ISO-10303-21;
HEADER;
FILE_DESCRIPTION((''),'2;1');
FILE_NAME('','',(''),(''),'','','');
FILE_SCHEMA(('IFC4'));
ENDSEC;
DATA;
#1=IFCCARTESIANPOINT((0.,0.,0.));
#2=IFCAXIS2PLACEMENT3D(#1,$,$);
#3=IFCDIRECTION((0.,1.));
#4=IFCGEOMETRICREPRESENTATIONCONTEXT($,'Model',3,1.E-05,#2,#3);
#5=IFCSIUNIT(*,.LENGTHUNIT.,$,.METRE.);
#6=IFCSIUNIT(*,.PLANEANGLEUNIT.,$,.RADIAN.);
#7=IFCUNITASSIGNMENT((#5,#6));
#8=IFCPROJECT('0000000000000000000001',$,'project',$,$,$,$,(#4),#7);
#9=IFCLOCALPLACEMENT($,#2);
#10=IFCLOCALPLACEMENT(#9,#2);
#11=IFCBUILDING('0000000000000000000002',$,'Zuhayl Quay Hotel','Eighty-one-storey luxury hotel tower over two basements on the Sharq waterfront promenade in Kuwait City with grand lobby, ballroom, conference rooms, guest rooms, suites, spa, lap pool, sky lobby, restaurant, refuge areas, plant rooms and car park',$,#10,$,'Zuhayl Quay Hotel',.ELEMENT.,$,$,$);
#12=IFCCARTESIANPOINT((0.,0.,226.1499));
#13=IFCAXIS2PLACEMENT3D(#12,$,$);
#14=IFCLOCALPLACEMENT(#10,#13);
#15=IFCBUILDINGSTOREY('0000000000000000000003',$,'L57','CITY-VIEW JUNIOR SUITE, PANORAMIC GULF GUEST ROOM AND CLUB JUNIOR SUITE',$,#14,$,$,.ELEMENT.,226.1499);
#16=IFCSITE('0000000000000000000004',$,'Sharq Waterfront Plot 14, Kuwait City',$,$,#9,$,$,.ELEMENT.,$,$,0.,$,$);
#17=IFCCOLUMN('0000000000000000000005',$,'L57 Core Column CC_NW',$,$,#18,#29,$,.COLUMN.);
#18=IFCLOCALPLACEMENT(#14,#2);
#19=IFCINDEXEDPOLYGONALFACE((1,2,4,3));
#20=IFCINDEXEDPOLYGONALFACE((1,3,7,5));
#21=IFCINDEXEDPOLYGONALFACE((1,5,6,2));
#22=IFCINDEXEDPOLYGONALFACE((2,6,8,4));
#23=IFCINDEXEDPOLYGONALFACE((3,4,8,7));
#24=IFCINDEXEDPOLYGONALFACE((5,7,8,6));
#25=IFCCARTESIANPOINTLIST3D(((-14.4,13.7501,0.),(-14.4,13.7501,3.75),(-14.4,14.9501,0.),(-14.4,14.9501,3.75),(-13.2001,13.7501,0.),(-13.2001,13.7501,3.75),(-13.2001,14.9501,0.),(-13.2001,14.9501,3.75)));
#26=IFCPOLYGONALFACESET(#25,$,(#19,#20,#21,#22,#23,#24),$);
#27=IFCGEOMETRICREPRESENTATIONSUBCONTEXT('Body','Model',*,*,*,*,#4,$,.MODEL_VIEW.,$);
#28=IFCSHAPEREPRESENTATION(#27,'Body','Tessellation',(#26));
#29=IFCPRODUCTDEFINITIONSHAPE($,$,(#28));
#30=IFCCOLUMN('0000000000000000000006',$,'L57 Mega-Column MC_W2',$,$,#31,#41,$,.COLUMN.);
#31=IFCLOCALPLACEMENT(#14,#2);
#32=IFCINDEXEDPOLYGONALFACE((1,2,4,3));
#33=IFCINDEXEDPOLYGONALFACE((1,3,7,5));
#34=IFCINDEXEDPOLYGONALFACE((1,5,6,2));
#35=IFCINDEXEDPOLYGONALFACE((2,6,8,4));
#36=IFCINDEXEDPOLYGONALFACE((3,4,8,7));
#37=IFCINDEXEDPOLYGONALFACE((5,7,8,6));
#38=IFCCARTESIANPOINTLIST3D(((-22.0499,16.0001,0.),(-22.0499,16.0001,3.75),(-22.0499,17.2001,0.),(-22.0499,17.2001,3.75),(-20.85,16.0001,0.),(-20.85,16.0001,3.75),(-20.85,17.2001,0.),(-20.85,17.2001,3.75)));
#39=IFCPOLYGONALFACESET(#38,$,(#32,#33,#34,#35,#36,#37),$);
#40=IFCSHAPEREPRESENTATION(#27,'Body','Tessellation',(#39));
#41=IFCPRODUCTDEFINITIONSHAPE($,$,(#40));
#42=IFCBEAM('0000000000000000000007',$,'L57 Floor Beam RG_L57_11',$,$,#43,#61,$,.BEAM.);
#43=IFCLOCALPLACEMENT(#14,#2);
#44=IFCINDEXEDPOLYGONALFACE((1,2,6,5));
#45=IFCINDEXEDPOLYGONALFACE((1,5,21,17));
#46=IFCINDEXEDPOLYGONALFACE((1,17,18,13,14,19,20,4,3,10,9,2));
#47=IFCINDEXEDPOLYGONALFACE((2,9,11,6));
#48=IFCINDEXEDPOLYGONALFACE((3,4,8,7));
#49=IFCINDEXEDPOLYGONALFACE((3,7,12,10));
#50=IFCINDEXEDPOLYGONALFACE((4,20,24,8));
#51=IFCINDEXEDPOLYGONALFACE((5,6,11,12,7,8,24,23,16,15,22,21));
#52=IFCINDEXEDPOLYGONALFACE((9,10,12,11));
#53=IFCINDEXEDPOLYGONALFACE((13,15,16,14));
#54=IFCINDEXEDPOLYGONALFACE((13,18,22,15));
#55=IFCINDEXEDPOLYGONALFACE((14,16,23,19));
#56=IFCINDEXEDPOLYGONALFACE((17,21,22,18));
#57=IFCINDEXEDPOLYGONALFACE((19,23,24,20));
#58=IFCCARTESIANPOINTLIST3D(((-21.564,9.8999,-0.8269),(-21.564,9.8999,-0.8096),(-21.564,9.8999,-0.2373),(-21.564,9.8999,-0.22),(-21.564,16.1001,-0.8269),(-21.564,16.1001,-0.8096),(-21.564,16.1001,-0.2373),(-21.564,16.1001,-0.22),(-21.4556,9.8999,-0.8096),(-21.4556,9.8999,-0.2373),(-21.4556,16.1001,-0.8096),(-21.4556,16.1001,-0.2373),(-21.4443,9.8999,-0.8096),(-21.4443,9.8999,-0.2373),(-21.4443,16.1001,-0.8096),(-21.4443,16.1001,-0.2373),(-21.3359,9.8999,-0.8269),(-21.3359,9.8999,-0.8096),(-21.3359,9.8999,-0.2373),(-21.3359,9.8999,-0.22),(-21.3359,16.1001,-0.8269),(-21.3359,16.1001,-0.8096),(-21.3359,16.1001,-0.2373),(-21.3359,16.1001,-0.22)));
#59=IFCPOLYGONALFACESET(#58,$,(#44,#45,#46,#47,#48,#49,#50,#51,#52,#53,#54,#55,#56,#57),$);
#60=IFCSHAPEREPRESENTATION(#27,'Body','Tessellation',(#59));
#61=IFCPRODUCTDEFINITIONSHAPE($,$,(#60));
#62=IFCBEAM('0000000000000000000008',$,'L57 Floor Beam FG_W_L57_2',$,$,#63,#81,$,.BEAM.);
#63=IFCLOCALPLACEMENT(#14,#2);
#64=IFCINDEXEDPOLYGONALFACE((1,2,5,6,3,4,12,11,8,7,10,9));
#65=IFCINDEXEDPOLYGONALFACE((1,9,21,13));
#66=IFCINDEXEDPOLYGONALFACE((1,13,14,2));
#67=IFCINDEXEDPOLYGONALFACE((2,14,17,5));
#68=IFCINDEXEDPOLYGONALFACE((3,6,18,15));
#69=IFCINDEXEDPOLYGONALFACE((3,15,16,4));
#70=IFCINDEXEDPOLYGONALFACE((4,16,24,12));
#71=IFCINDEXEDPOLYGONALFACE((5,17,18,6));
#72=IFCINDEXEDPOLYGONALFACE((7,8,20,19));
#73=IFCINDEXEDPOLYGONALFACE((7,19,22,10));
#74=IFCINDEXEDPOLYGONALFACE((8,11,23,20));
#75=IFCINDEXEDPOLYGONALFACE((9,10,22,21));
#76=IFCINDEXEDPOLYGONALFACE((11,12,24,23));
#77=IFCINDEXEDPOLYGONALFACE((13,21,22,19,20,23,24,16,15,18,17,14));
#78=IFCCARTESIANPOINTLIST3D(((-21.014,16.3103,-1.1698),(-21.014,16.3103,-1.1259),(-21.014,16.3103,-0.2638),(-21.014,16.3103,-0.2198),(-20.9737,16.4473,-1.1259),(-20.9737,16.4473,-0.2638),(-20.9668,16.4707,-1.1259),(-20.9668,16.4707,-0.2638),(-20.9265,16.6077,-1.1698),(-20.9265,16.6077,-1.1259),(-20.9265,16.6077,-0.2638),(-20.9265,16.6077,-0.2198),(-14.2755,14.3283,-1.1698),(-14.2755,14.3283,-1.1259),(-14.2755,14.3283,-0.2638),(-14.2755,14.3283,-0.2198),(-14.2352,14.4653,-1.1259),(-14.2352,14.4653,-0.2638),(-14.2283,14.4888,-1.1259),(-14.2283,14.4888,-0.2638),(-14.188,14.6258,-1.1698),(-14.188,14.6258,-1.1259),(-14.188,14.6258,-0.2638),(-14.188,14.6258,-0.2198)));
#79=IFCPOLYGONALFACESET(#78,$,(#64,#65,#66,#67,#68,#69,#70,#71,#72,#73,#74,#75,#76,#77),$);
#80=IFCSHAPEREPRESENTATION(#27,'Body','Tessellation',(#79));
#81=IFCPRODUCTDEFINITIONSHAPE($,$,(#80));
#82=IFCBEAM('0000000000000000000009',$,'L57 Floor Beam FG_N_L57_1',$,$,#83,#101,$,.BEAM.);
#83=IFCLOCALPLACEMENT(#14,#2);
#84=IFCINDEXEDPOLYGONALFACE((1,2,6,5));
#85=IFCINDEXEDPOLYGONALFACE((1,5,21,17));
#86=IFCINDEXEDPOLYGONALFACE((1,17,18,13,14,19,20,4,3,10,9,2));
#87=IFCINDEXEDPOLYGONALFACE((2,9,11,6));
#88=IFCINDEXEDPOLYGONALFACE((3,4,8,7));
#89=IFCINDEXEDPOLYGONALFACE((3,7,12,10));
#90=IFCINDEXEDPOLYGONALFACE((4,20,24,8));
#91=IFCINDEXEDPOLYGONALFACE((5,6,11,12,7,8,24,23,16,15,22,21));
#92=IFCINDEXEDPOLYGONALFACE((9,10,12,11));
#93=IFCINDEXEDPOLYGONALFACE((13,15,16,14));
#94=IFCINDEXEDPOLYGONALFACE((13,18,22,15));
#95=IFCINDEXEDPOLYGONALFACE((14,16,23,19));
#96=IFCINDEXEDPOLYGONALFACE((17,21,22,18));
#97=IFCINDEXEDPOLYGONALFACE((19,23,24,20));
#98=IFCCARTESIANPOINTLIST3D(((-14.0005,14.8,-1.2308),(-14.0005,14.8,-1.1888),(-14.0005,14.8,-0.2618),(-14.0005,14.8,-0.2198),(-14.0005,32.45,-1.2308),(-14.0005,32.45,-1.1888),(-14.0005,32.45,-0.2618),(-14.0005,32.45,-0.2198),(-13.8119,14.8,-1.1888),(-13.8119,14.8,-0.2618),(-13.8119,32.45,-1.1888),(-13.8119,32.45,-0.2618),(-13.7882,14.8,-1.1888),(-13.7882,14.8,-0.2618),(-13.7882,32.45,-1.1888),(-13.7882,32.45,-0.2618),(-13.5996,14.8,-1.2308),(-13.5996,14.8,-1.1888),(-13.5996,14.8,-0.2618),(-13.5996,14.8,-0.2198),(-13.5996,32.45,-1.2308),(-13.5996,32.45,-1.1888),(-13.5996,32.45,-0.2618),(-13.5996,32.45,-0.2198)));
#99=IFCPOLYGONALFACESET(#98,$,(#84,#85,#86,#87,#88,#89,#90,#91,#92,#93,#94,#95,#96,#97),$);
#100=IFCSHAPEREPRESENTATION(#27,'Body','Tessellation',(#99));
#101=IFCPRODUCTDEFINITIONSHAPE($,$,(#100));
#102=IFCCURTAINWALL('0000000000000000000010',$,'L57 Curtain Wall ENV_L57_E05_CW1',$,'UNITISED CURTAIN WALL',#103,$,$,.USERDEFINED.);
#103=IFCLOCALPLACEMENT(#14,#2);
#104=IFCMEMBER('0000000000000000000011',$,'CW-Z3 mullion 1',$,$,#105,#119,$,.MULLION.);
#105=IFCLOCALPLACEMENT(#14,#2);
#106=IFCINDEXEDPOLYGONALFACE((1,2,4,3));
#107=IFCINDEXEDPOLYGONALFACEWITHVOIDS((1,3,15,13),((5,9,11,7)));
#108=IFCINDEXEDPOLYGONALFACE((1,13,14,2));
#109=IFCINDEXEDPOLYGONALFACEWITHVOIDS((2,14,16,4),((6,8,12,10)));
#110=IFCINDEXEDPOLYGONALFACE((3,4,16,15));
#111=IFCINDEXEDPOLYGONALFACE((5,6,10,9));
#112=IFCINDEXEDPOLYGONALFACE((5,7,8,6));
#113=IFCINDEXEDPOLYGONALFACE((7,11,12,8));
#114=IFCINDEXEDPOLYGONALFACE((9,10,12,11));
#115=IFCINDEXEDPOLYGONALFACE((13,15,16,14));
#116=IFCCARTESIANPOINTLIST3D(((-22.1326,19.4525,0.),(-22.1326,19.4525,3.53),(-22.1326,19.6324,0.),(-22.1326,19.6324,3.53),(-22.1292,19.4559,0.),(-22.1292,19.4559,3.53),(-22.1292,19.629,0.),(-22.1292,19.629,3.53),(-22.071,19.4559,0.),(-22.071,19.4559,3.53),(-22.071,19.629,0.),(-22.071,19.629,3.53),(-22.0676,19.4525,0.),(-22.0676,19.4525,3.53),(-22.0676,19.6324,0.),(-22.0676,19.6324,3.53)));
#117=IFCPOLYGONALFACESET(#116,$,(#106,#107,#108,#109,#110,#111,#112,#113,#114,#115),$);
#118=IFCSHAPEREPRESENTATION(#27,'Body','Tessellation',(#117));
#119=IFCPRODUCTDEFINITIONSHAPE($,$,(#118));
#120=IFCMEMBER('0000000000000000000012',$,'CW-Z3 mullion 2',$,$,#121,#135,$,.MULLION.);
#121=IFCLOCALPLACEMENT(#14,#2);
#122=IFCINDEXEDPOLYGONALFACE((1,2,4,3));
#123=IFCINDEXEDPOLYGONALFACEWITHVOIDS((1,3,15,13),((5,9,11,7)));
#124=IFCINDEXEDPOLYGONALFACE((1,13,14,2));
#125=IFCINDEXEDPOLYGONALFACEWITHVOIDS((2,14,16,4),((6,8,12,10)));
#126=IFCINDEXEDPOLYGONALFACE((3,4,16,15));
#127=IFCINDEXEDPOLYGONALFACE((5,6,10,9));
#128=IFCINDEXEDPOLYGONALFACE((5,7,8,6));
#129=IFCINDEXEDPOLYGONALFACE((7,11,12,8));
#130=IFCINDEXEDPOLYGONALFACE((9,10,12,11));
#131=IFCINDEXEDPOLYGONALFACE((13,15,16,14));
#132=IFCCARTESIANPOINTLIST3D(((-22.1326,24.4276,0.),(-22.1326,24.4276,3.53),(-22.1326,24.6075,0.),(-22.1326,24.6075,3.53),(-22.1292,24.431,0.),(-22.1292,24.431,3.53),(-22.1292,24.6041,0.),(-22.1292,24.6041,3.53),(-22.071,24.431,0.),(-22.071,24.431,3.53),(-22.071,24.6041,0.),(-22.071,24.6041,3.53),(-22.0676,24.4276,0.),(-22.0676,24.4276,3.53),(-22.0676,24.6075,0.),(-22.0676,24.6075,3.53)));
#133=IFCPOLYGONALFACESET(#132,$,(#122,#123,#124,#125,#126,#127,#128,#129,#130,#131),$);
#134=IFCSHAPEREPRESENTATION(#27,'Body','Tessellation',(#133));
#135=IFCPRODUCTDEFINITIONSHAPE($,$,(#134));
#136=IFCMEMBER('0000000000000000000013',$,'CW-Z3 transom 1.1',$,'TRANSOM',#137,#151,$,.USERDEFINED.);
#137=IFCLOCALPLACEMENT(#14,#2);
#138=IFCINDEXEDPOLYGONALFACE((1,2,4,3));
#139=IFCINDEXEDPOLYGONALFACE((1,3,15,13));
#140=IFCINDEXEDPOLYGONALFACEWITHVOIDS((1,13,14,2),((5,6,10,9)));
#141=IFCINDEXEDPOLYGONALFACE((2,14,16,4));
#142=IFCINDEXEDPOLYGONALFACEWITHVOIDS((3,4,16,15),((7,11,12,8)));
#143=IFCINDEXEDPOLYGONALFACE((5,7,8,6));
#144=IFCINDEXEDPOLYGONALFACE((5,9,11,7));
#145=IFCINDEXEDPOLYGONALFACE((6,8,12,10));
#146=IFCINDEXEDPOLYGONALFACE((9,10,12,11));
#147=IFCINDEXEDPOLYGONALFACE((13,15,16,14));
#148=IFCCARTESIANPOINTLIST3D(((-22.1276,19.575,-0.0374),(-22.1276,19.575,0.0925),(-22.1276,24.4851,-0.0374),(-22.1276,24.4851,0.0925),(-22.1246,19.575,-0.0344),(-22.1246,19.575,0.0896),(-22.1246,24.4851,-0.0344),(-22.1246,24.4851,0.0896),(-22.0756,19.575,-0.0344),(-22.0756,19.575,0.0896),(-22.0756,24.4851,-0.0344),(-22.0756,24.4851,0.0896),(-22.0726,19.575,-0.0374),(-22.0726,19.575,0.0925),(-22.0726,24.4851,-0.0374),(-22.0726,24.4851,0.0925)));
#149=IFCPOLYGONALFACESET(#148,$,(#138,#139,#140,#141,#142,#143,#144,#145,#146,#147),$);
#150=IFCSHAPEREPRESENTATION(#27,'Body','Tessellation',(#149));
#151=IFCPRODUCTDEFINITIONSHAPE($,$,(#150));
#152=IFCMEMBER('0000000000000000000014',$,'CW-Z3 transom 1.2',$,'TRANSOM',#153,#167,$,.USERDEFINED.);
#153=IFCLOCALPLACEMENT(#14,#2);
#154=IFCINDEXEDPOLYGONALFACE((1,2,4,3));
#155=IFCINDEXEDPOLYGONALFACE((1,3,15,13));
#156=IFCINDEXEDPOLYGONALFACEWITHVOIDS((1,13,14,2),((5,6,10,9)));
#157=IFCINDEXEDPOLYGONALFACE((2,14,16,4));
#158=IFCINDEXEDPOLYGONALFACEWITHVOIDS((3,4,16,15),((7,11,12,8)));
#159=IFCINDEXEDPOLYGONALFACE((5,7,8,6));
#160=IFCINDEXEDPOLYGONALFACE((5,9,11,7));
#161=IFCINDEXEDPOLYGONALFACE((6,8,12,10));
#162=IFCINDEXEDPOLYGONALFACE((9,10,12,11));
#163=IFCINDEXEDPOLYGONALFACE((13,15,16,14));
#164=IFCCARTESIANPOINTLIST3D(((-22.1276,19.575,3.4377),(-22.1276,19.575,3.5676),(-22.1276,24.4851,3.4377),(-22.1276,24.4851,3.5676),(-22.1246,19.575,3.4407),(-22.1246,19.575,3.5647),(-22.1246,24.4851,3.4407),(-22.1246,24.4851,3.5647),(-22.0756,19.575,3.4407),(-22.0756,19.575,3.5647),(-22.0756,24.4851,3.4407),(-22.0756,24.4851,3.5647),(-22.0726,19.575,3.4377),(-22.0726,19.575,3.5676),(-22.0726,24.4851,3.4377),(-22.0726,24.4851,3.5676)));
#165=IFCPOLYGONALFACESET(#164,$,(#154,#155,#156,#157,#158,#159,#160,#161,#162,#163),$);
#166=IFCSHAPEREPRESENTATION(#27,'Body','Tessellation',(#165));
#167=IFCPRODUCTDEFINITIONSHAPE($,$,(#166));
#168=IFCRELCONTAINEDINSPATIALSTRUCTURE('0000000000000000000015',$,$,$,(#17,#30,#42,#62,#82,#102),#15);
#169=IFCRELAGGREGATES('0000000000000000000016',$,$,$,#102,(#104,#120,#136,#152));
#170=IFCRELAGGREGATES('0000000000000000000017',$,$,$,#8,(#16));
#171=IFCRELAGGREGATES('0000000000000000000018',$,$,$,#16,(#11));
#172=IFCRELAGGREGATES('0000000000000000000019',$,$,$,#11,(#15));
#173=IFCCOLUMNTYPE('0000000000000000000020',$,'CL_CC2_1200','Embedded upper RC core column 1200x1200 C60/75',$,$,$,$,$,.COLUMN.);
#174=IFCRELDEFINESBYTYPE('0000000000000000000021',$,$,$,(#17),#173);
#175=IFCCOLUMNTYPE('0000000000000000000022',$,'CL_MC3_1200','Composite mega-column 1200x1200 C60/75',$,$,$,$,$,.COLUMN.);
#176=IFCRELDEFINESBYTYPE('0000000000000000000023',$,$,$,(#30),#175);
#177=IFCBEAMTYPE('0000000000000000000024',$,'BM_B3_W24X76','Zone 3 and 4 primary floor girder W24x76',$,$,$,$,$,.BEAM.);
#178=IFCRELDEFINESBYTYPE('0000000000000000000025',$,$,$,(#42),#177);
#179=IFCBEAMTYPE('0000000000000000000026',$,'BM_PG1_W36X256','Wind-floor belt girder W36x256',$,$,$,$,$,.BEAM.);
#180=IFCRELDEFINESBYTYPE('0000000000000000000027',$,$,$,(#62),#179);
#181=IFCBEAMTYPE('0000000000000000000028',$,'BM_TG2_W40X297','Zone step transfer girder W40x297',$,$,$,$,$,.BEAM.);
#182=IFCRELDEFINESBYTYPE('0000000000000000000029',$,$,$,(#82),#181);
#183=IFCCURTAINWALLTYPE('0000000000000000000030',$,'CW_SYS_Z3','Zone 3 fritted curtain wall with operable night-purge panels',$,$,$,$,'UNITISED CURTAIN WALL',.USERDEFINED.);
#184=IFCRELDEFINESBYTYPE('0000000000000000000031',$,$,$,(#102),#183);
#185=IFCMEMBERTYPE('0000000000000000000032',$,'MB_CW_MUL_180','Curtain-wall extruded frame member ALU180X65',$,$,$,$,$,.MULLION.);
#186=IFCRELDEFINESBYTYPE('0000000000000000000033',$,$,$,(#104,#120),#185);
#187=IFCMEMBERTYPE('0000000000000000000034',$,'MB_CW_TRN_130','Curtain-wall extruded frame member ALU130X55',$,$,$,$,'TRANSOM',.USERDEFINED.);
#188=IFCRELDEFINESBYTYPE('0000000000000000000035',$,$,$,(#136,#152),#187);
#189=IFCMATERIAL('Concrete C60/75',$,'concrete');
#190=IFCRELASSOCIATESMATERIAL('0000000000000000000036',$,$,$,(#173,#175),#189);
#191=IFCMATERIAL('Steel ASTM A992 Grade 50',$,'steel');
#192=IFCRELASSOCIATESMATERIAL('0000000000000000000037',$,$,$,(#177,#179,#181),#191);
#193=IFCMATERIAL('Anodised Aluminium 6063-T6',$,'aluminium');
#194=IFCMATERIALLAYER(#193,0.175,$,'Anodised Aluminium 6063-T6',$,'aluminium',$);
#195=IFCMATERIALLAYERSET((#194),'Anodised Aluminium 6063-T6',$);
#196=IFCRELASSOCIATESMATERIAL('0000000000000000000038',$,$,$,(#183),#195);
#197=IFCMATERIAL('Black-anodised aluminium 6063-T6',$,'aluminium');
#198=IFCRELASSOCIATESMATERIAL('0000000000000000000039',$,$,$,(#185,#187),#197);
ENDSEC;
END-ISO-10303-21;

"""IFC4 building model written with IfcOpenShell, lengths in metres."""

from ifc_helpers import new_model, si_unit, direction, frame, origin, origin_2d, place, context, subcontext, project, spatial, rectangle, hollow_rectangle, i_section, extrude, material, layer, layer_set, material_profile, profile_set, type_object, element, aggregate, save


model = new_model("IFC4")

# Units and contexts
model_context = context("Model", 3, precision=1e-05, world=origin(), true_north=direction((0.0, 1.0)))
body_context = subcontext(model_context, "Body", "Model", "MODEL_VIEW")
ifc_project = project(units=[si_unit("LENGTHUNIT", "METRE"), si_unit("PLANEANGLEUNIT", "RADIAN")], contexts=[model_context])

# Site, building, storey
site_placement = place(None, origin())
site = spatial("IfcSite", under=ifc_project, at=site_placement, Name="Sharq Waterfront Plot 14, Kuwait City", CompositionType="ELEMENT", RefElevation=0.0)
building_placement = place(site_placement, origin())
building = spatial("IfcBuilding", under=site, at=building_placement, Name="Zuhayl Quay Hotel", Description="Eighty-one-storey luxury hotel tower over two basements on the Sharq waterfront promenade in Kuwait City with grand lobby, ballroom, conference rooms, guest rooms, suites, spa, lap pool, sky lobby, restaurant, refuge areas, plant rooms and car park", LongName="Zuhayl Quay Hotel", CompositionType="ELEMENT")
storey_placement = place(building_placement, frame((0.0, 0.0, 226.1499)))
storey = spatial("IfcBuildingStorey", under=building, at=storey_placement, Name="L57", Description="CITY-VIEW JUNIOR SUITE, PANORAMIC GULF GUEST ROOM AND CLUB JUNIOR SUITE", CompositionType="ELEMENT", Elevation=226.1499)

# Columns
ifc_material_1 = material(Name="Concrete C60/75", Category="concrete")
ifc_material_profile_1 = material_profile(ifc_material_1, rectangle(XDim=1.2, YDim=1.2, at=origin_2d()), Name="RC1200X1200")
ifc_profile_set_1 = profile_set([ifc_material_profile_1], Name="Concrete C60/75")
column_type_1 = type_object("IfcColumnType", Name="CL_CC2_1200", Description="Embedded upper RC core column 1200x1200 C60/75", PredefinedType="COLUMN", material=ifc_profile_set_1)
column_1_placement = place(storey_placement, frame((-13.8, 14.3501, 0.0), z_axis=(0.0, 0.0, 1.0), x_axis=(1.0, 0.0, 0.0)))
element("IfcColumn", 1, at=column_1_placement, inside=storey, type_object=column_type_1, Name="L57 Core Column CC_NW", PredefinedType="COLUMN", context=body_context, shape_type="SweptSolid", body=[
    extrude(rectangle(XDim=1.2, YDim=1.2, at=origin_2d()), origin(), (0.0, 0.0, 1.0), 3.75),
])
ifc_material_profile_2 = material_profile(ifc_material_1, rectangle(XDim=1.2, YDim=1.2, at=origin_2d()), Name="RC1200X1200")
ifc_profile_set_2 = profile_set([ifc_material_profile_2], Name="Concrete C60/75")
column_type_2 = type_object("IfcColumnType", Name="CL_MC3_1200", Description="Composite mega-column 1200x1200 C60/75", PredefinedType="COLUMN", material=ifc_profile_set_2)
column_2_placement = place(storey_placement, frame((-21.45, 16.6001, 0.0), z_axis=(0.0, 0.0, 1.0), x_axis=(1.0, 0.0, 0.0)))
element("IfcColumn", 2, at=column_2_placement, inside=storey, type_object=column_type_2, Name="L57 Mega-Column MC_W2", PredefinedType="COLUMN", context=body_context, shape_type="SweptSolid", body=[
    extrude(rectangle(XDim=1.2, YDim=1.2, at=origin_2d()), origin(), (0.0, 0.0, 1.0), 3.75),
])

# Beams
ifc_material_2 = material(Name="Steel ASTM A992 Grade 50", Category="steel")
ifc_material_profile_3 = material_profile(ifc_material_2, i_section(OverallWidth=0.228, OverallDepth=0.6069, WebThickness=0.0112, FlangeThickness=0.0173, at=origin_2d()), Name="W24X76")
ifc_profile_set_3 = profile_set([ifc_material_profile_3], Name="Steel ASTM A992 Grade 50")
beam_type_1 = type_object("IfcBeamType", Name="BM_B3_W24X76", Description="Zone 3 and 4 primary floor girder W24x76", PredefinedType="BEAM", material=ifc_profile_set_3)
beam_1_placement = place(storey_placement, frame((-21.45, 16.1001, -0.5234), z_axis=(0.0, -1.0, 0.0), x_axis=(1.0, 0.0, 0.0)))
element("IfcBeam", 3, at=beam_1_placement, inside=storey, type_object=beam_type_1, Name="L57 Floor Beam RG_L57_11", PredefinedType="BEAM", context=body_context, shape_type="SweptSolid", body=[
    extrude(i_section(OverallWidth=0.228, OverallDepth=0.6069, WebThickness=0.0112, FlangeThickness=0.0173, at=origin_2d()), origin(), (0.0, 0.0, 1.0), 6.2002),
])
ifc_material_profile_4 = material_profile(ifc_material_2, i_section(OverallWidth=0.3101, OverallDepth=0.95, WebThickness=0.0244, FlangeThickness=0.0439, at=origin_2d()), Name="W36X256")
ifc_profile_set_4 = profile_set([ifc_material_profile_4], Name="Steel ASTM A992 Grade 50")
beam_type_2 = type_object("IfcBeamType", Name="BM_PG1_W36X256", Description="Wind-floor belt girder W36x256", PredefinedType="BEAM", material=ifc_profile_set_4)
beam_2_placement = place(storey_placement, frame((-20.9702, 16.459, -0.6948), z_axis=(0.959365, -0.282168, 0.0), x_axis=(0.282168, 0.959365, 0.0)))
element("IfcBeam", 4, at=beam_2_placement, inside=storey, type_object=beam_type_2, Name="L57 Floor Beam FG_W_L57_2", PredefinedType="BEAM", context=body_context, shape_type="SweptSolid", body=[
    extrude(i_section(OverallWidth=0.3101, OverallDepth=0.95, WebThickness=0.0244, FlangeThickness=0.0439, at=origin_2d()), origin(), (0.0, 0.0, 1.0), 7.0239),
])
ifc_material_profile_5 = material_profile(ifc_material_2, i_section(OverallWidth=0.4009, OverallDepth=1.011, WebThickness=0.0237, FlangeThickness=0.042, at=origin_2d()), Name="W40X297")
ifc_profile_set_5 = profile_set([ifc_material_profile_5], Name="Steel ASTM A992 Grade 50")
beam_type_3 = type_object("IfcBeamType", Name="BM_TG2_W40X297", Description="Zone step transfer girder W40x297", PredefinedType="BEAM", material=ifc_profile_set_5)
beam_3_placement = place(storey_placement, frame((-13.8, 14.8, -0.7253), z_axis=(0.0, 1.0, 0.0), x_axis=(-1.0, 0.0, 0.0)))
element("IfcBeam", 5, at=beam_3_placement, inside=storey, type_object=beam_type_3, Name="L57 Floor Beam FG_N_L57_1", PredefinedType="BEAM", context=body_context, shape_type="SweptSolid", body=[
    extrude(i_section(OverallWidth=0.4009, OverallDepth=1.011, WebThickness=0.0237, FlangeThickness=0.042, at=origin_2d()), origin(), (0.0, 0.0, 1.0), 17.6499),
])

# Curtain wall, members
ifc_material_3 = material(Name="Anodised Aluminium 6063-T6", Category="aluminium")
ifc_layer_1 = layer(ifc_material_3, 0.175, Name="Anodised Aluminium 6063-T6", Category="aluminium")
ifc_layer_set_1 = layer_set([ifc_layer_1], Name="Anodised Aluminium 6063-T6")
curtain_wall_type = type_object("IfcCurtainWallType", Name="CW_SYS_Z3", Description="Zone 3 fritted curtain wall with operable night-purge panels", ElementType="UNITISED CURTAIN WALL", PredefinedType="USERDEFINED", material=ifc_layer_set_1)
curtain_wall_placement = place(storey_placement, origin())
curtain_wall = element("IfcCurtainWall", 6, at=curtain_wall_placement, inside=storey, type_object=curtain_wall_type, Name="L57 Curtain Wall ENV_L57_E05_CW1", ObjectType="UNITISED CURTAIN WALL", PredefinedType="USERDEFINED")
ifc_material_4 = material(Name="Black-anodised aluminium 6063-T6", Category="aluminium")
ifc_material_profile_6 = material_profile(ifc_material_4, hollow_rectangle(XDim=0.0649, YDim=0.1799, WallThickness=0.0034, at=origin_2d()), Name="ALU180X65")
ifc_profile_set_6 = profile_set([ifc_material_profile_6], Name="Black-anodised aluminium 6063-T6")
member_type_1 = type_object("IfcMemberType", Name="MB_CW_MUL_180", Description="Curtain-wall extruded frame member ALU180X65", PredefinedType="MULLION", material=ifc_profile_set_6)
member_1_placement = place(storey_placement, frame((-22.1001, 19.5425, 0.0), z_axis=(0.0, 0.0, 1.0), x_axis=(-1.0, 0.0, 0.0)))
member_1 = element("IfcMember", 7, at=member_1_placement, type_object=member_type_1, Name="CW-Z3 mullion 1", PredefinedType="MULLION", context=body_context, shape_type="SweptSolid", body=[
    extrude(hollow_rectangle(XDim=0.0649, YDim=0.1799, WallThickness=0.0034, at=origin_2d()), origin(), (0.0, 0.0, 1.0), 3.53),
])
member_2_placement = place(storey_placement, frame((-22.1001, 24.5176, 0.0), z_axis=(0.0, 0.0, 1.0), x_axis=(-1.0, 0.0, 0.0)))
member_2 = element("IfcMember", 8, at=member_2_placement, type_object=member_type_1, Name="CW-Z3 mullion 2", PredefinedType="MULLION", context=body_context, shape_type="SweptSolid", body=[
    extrude(hollow_rectangle(XDim=0.0649, YDim=0.1799, WallThickness=0.0034, at=origin_2d()), origin(), (0.0, 0.0, 1.0), 3.53),
])
ifc_material_profile_7 = material_profile(ifc_material_4, hollow_rectangle(XDim=0.0549, YDim=0.1299, WallThickness=0.0029, at=origin_2d()), Name="ALU130X55")
ifc_profile_set_7 = profile_set([ifc_material_profile_7], Name="Black-anodised aluminium 6063-T6")
member_type_2 = type_object("IfcMemberType", Name="MB_CW_TRN_130", Description="Curtain-wall extruded frame member ALU130X55", ElementType="TRANSOM", PredefinedType="USERDEFINED", material=ifc_profile_set_7)
member_3_placement = place(storey_placement, frame((-22.1001, 19.575, 0.0276), z_axis=(0.0, 1.0, 0.0), x_axis=(-1.0, 0.0, 0.0)))
member_3 = element("IfcMember", 9, at=member_3_placement, type_object=member_type_2, Name="CW-Z3 transom 1.1", ObjectType="TRANSOM", PredefinedType="USERDEFINED", context=body_context, shape_type="SweptSolid", body=[
    extrude(hollow_rectangle(XDim=0.0549, YDim=0.1299, WallThickness=0.0029, at=origin_2d()), origin(), (0.0, 0.0, 1.0), 4.9102),
])
member_4_placement = place(storey_placement, frame((-22.1001, 19.575, 3.5027), z_axis=(0.0, 1.0, 0.0), x_axis=(-1.0, 0.0, 0.0)))
member_4 = element("IfcMember", 10, at=member_4_placement, type_object=member_type_2, Name="CW-Z3 transom 1.2", ObjectType="TRANSOM", PredefinedType="USERDEFINED", context=body_context, shape_type="SweptSolid", body=[
    extrude(hollow_rectangle(XDim=0.0549, YDim=0.1299, WallThickness=0.0029, at=origin_2d()), origin(), (0.0, 0.0, 1.0), 4.9102),
])
aggregate(curtain_wall, [member_1, member_2, member_3, member_4])

save(model, "model.ifc")
